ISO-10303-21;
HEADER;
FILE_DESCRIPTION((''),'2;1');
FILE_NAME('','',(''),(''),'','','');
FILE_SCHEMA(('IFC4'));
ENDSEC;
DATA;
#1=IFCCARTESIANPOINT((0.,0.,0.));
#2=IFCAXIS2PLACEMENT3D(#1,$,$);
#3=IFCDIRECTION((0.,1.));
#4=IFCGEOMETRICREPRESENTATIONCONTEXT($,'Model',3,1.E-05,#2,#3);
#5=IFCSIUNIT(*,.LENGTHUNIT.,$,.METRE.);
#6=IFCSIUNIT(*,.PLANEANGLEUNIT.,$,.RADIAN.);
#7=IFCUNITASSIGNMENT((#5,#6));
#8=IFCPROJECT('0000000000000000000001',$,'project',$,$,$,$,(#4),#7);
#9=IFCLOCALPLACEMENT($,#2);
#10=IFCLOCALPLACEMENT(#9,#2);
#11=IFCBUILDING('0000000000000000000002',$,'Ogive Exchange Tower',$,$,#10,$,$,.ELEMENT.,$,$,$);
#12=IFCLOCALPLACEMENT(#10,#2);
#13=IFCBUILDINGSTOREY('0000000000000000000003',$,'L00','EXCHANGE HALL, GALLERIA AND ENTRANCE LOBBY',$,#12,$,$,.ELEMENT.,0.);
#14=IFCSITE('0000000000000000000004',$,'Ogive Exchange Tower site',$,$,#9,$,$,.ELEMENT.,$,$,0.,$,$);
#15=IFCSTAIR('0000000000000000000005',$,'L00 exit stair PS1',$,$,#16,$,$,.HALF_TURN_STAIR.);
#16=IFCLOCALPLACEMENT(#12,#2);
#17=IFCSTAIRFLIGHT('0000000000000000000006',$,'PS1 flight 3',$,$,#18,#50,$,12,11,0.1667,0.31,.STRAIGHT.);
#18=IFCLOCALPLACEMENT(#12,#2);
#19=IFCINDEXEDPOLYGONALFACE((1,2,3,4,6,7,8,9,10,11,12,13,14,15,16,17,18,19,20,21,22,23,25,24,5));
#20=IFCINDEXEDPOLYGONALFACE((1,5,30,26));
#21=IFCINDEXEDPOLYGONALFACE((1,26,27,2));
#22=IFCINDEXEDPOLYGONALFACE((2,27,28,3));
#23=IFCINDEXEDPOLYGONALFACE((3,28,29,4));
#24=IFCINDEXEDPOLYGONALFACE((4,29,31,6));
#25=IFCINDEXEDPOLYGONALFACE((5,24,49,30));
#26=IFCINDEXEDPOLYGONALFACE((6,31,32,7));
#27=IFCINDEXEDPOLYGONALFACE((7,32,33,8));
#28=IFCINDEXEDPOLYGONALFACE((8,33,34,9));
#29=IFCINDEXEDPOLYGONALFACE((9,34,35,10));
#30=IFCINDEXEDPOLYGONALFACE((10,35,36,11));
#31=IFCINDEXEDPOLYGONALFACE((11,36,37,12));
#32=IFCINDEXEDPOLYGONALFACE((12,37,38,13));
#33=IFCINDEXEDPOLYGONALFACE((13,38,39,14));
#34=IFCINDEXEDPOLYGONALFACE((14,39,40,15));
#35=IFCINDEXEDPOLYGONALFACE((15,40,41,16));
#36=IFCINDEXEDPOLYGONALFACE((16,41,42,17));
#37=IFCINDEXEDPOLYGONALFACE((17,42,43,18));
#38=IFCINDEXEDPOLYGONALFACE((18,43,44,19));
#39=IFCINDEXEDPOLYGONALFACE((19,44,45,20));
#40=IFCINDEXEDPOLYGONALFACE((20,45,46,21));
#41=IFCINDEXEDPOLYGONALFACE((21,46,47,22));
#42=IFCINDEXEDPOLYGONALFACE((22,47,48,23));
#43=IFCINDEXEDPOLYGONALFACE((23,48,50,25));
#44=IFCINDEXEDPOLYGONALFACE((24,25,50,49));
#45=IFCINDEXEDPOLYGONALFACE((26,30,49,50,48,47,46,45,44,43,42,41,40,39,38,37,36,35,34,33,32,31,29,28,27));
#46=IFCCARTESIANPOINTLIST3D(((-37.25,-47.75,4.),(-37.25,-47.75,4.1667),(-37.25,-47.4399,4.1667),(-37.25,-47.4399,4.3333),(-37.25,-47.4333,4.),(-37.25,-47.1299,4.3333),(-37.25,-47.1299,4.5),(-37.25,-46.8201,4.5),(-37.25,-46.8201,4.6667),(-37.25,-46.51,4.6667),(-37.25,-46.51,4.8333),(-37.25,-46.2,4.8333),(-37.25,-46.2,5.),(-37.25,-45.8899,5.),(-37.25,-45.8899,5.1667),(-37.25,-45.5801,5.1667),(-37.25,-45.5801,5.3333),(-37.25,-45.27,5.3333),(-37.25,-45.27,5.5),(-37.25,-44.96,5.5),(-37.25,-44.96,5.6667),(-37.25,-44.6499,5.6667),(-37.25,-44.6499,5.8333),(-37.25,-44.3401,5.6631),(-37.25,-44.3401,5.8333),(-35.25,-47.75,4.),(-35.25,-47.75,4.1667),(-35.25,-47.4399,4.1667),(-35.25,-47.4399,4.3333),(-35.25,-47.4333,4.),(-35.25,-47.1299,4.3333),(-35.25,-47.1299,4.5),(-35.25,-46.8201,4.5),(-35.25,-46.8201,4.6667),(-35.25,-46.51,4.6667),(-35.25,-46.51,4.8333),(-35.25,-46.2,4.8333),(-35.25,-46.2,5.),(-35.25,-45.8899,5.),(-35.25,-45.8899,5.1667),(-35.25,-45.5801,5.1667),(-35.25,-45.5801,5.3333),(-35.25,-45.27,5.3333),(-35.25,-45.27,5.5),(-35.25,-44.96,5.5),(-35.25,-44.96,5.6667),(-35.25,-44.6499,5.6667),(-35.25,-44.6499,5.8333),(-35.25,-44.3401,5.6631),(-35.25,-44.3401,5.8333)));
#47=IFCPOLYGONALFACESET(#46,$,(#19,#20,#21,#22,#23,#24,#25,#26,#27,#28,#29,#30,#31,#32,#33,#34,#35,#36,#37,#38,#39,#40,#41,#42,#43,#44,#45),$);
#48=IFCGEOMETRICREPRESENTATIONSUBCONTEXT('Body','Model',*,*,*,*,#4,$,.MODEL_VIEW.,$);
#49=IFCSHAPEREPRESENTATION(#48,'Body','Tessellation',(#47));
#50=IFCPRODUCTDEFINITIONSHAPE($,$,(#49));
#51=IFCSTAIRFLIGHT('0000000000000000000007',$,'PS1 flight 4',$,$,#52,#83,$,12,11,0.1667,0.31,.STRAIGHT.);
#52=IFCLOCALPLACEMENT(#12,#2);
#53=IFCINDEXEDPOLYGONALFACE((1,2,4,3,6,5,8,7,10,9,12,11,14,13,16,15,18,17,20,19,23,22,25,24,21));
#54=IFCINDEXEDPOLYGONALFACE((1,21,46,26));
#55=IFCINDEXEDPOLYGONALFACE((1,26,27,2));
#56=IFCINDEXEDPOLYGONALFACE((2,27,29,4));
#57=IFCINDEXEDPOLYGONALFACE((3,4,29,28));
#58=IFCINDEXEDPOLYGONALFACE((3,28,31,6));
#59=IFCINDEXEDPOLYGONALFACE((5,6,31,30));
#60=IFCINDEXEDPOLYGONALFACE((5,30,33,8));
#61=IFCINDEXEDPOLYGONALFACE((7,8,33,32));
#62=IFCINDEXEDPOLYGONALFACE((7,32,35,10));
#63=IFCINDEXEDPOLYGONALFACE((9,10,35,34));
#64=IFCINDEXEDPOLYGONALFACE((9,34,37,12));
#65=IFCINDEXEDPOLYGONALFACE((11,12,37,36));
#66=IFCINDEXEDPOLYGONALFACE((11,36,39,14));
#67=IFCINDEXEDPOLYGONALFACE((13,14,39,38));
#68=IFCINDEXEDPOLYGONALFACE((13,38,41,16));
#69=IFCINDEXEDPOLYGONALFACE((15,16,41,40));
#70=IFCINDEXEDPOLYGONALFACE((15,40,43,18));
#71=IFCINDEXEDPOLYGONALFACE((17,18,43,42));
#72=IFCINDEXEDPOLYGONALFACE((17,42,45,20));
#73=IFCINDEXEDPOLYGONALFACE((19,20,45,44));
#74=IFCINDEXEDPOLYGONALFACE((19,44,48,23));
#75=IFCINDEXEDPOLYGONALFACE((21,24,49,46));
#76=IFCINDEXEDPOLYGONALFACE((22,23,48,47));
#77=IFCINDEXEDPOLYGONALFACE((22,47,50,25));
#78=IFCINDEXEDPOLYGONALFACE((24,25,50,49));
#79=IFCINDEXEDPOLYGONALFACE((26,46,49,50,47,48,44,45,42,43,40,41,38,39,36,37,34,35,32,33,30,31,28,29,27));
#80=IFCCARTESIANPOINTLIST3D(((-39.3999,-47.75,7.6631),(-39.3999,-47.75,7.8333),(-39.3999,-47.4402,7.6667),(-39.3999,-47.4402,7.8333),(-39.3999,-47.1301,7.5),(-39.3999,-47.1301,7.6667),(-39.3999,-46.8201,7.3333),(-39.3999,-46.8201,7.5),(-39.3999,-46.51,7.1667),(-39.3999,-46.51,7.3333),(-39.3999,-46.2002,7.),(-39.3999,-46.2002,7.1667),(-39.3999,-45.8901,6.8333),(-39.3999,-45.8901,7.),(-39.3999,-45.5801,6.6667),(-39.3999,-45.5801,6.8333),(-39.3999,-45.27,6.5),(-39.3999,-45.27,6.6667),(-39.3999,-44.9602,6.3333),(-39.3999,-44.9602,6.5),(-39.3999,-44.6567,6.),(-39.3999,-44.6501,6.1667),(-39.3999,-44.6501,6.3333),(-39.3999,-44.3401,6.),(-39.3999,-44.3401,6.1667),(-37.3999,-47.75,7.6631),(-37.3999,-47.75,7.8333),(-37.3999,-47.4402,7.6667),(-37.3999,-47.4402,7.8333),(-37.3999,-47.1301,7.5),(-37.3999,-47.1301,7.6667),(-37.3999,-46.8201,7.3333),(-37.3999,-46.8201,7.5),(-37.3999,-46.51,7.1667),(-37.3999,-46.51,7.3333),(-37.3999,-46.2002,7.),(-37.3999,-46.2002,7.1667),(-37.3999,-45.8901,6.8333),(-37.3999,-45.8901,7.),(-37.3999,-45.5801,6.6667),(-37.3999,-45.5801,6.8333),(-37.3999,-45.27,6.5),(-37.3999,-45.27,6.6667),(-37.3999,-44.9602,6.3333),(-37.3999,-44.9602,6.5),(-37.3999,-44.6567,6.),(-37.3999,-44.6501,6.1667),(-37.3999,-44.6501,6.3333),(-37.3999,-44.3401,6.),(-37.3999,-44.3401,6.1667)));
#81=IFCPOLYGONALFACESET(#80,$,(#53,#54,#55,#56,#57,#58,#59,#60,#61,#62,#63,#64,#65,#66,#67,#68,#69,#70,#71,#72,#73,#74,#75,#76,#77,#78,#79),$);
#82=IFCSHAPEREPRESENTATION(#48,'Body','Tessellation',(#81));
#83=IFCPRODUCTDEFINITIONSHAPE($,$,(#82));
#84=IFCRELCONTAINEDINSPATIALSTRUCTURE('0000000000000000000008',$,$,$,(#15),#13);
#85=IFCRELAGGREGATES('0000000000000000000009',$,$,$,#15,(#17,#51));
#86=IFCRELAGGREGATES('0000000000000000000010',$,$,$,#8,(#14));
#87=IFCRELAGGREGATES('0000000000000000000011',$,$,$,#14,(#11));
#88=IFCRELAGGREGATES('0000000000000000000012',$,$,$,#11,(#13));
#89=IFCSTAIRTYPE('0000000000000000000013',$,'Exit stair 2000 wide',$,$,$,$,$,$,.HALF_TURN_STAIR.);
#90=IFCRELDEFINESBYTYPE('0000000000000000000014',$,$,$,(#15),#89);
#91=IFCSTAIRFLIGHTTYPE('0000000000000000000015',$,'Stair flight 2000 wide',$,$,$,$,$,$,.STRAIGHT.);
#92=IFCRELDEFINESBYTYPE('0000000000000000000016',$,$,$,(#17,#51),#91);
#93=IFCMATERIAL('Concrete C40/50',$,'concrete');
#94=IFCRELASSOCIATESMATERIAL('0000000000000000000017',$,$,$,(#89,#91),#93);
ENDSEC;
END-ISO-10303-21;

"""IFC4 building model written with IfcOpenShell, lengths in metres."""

from ifc_helpers import new_model, si_unit, direction, frame, origin, place, context, subcontext, project, spatial, polyline, outline, extrude, material, type_object, element, aggregate, save


model = new_model("IFC4")

# Units and contexts
model_context = context("Model", 3, precision=1e-05, world=origin(), true_north=direction((0.0, 1.0)))
body_context = subcontext(model_context, "Body", "Model", "MODEL_VIEW")
ifc_project = project(units=[si_unit("LENGTHUNIT", "METRE"), si_unit("PLANEANGLEUNIT", "RADIAN")], contexts=[model_context])

# Site, building, storey
site_placement = place(None, origin())
site = spatial("IfcSite", under=ifc_project, at=site_placement, Name="Ogive Exchange Tower site", CompositionType="ELEMENT", RefElevation=0.0)
building_placement = place(site_placement, origin())
building = spatial("IfcBuilding", under=site, at=building_placement, Name="Ogive Exchange Tower", CompositionType="ELEMENT")
storey_placement = place(building_placement, origin())
storey = spatial("IfcBuildingStorey", under=building, at=storey_placement, Name="L00", Description="EXCHANGE HALL, GALLERIA AND ENTRANCE LOBBY", CompositionType="ELEMENT", Elevation=0.0)

# Stair, stair flights
ifc_material_1 = material(Name="Concrete C40/50", Category="concrete")
stair_type = type_object("IfcStairType", Name="Exit stair 2000 wide", PredefinedType="HALF_TURN_STAIR", material=ifc_material_1)
stair_placement = place(storey_placement, origin())
stair = element("IfcStair", 1, at=stair_placement, inside=storey, type_object=stair_type, Name="L00 exit stair PS1", PredefinedType="HALF_TURN_STAIR")
stair_flight_type = type_object("IfcStairFlightType", Name="Stair flight 2000 wide", PredefinedType="STRAIGHT", material=ifc_material_1)
stair_flight_1_placement = place(storey_placement, frame((-36.25, -47.75, 4.0), z_axis=(0.0, 0.0, 1.0), x_axis=(0.0, 1.0, 0.0)))
stair_flight_1 = element("IfcStairFlight", 2, at=stair_flight_1_placement, type_object=stair_flight_type, Name="PS1 flight 3", NumberOfRisers=12, NumberOfTreads=11, PredefinedType="STRAIGHT", RiserHeight=0.1667, TreadLength=0.31, context=body_context, shape_type="SweptSolid", body=[
    extrude(outline(polyline([(0.0, 0.0), (0.0, 0.1667), (0.3101, 0.1667), (0.3101, 0.3333), (0.6201, 0.3333), (0.6201, 0.5), (0.9299, 0.5), (0.9299, 0.6667), (1.24, 0.6667), (1.24, 0.8333), (1.55, 0.8333), (1.55, 1.0), (1.8601, 1.0), (1.8601, 1.1667), (2.1699, 1.1667), (2.1699, 1.3333), (2.48, 1.3333), (2.48, 1.5), (2.79, 1.5), (2.79, 1.6667), (3.1001, 1.6667), (3.1001, 1.8333), (3.4099, 1.8333), (3.4099, 2.0), (3.4099, 1.6631), (0.3167, 0.0), (0.0, 0.0)])), frame((0.0, 1.0, 0.0), z_axis=(0.0, -1.0, 0.0), x_axis=(1.0, 0.0, 0.0)), (0.0, 0.0, 1.0), 2.0),
])
stair_flight_2_placement = place(storey_placement, frame((-38.3999, -44.3401, 6.0), z_axis=(0.0, 0.0, 1.0), x_axis=(0.0, -1.0, 0.0)))
stair_flight_2 = element("IfcStairFlight", 3, at=stair_flight_2_placement, type_object=stair_flight_type, Name="PS1 flight 4", NumberOfRisers=12, NumberOfTreads=11, PredefinedType="STRAIGHT", RiserHeight=0.1667, TreadLength=0.31, context=body_context, shape_type="SweptSolid", body=[
    extrude(outline(polyline([(0.0, 0.0), (0.0, 0.1667), (0.3101, 0.1667), (0.3101, 0.3333), (0.6201, 0.3333), (0.6201, 0.5), (0.9299, 0.5), (0.9299, 0.6667), (1.24, 0.6667), (1.24, 0.8333), (1.55, 0.8333), (1.55, 1.0), (1.8601, 1.0), (1.8601, 1.1667), (2.1699, 1.1667), (2.1699, 1.3333), (2.48, 1.3333), (2.48, 1.5), (2.79, 1.5), (2.79, 1.6667), (3.1001, 1.6667), (3.1001, 1.8333), (3.4099, 1.8333), (3.4099, 2.0), (3.4099, 1.6631), (0.3167, 0.0), (0.0, 0.0)])), frame((0.0, 1.0, 0.0), z_axis=(0.0, -1.0, 0.0), x_axis=(1.0, 0.0, 0.0)), (0.0, 0.0, 1.0), 2.0),
])
aggregate(stair, [stair_flight_1, stair_flight_2])

save(model, "model.ifc")
